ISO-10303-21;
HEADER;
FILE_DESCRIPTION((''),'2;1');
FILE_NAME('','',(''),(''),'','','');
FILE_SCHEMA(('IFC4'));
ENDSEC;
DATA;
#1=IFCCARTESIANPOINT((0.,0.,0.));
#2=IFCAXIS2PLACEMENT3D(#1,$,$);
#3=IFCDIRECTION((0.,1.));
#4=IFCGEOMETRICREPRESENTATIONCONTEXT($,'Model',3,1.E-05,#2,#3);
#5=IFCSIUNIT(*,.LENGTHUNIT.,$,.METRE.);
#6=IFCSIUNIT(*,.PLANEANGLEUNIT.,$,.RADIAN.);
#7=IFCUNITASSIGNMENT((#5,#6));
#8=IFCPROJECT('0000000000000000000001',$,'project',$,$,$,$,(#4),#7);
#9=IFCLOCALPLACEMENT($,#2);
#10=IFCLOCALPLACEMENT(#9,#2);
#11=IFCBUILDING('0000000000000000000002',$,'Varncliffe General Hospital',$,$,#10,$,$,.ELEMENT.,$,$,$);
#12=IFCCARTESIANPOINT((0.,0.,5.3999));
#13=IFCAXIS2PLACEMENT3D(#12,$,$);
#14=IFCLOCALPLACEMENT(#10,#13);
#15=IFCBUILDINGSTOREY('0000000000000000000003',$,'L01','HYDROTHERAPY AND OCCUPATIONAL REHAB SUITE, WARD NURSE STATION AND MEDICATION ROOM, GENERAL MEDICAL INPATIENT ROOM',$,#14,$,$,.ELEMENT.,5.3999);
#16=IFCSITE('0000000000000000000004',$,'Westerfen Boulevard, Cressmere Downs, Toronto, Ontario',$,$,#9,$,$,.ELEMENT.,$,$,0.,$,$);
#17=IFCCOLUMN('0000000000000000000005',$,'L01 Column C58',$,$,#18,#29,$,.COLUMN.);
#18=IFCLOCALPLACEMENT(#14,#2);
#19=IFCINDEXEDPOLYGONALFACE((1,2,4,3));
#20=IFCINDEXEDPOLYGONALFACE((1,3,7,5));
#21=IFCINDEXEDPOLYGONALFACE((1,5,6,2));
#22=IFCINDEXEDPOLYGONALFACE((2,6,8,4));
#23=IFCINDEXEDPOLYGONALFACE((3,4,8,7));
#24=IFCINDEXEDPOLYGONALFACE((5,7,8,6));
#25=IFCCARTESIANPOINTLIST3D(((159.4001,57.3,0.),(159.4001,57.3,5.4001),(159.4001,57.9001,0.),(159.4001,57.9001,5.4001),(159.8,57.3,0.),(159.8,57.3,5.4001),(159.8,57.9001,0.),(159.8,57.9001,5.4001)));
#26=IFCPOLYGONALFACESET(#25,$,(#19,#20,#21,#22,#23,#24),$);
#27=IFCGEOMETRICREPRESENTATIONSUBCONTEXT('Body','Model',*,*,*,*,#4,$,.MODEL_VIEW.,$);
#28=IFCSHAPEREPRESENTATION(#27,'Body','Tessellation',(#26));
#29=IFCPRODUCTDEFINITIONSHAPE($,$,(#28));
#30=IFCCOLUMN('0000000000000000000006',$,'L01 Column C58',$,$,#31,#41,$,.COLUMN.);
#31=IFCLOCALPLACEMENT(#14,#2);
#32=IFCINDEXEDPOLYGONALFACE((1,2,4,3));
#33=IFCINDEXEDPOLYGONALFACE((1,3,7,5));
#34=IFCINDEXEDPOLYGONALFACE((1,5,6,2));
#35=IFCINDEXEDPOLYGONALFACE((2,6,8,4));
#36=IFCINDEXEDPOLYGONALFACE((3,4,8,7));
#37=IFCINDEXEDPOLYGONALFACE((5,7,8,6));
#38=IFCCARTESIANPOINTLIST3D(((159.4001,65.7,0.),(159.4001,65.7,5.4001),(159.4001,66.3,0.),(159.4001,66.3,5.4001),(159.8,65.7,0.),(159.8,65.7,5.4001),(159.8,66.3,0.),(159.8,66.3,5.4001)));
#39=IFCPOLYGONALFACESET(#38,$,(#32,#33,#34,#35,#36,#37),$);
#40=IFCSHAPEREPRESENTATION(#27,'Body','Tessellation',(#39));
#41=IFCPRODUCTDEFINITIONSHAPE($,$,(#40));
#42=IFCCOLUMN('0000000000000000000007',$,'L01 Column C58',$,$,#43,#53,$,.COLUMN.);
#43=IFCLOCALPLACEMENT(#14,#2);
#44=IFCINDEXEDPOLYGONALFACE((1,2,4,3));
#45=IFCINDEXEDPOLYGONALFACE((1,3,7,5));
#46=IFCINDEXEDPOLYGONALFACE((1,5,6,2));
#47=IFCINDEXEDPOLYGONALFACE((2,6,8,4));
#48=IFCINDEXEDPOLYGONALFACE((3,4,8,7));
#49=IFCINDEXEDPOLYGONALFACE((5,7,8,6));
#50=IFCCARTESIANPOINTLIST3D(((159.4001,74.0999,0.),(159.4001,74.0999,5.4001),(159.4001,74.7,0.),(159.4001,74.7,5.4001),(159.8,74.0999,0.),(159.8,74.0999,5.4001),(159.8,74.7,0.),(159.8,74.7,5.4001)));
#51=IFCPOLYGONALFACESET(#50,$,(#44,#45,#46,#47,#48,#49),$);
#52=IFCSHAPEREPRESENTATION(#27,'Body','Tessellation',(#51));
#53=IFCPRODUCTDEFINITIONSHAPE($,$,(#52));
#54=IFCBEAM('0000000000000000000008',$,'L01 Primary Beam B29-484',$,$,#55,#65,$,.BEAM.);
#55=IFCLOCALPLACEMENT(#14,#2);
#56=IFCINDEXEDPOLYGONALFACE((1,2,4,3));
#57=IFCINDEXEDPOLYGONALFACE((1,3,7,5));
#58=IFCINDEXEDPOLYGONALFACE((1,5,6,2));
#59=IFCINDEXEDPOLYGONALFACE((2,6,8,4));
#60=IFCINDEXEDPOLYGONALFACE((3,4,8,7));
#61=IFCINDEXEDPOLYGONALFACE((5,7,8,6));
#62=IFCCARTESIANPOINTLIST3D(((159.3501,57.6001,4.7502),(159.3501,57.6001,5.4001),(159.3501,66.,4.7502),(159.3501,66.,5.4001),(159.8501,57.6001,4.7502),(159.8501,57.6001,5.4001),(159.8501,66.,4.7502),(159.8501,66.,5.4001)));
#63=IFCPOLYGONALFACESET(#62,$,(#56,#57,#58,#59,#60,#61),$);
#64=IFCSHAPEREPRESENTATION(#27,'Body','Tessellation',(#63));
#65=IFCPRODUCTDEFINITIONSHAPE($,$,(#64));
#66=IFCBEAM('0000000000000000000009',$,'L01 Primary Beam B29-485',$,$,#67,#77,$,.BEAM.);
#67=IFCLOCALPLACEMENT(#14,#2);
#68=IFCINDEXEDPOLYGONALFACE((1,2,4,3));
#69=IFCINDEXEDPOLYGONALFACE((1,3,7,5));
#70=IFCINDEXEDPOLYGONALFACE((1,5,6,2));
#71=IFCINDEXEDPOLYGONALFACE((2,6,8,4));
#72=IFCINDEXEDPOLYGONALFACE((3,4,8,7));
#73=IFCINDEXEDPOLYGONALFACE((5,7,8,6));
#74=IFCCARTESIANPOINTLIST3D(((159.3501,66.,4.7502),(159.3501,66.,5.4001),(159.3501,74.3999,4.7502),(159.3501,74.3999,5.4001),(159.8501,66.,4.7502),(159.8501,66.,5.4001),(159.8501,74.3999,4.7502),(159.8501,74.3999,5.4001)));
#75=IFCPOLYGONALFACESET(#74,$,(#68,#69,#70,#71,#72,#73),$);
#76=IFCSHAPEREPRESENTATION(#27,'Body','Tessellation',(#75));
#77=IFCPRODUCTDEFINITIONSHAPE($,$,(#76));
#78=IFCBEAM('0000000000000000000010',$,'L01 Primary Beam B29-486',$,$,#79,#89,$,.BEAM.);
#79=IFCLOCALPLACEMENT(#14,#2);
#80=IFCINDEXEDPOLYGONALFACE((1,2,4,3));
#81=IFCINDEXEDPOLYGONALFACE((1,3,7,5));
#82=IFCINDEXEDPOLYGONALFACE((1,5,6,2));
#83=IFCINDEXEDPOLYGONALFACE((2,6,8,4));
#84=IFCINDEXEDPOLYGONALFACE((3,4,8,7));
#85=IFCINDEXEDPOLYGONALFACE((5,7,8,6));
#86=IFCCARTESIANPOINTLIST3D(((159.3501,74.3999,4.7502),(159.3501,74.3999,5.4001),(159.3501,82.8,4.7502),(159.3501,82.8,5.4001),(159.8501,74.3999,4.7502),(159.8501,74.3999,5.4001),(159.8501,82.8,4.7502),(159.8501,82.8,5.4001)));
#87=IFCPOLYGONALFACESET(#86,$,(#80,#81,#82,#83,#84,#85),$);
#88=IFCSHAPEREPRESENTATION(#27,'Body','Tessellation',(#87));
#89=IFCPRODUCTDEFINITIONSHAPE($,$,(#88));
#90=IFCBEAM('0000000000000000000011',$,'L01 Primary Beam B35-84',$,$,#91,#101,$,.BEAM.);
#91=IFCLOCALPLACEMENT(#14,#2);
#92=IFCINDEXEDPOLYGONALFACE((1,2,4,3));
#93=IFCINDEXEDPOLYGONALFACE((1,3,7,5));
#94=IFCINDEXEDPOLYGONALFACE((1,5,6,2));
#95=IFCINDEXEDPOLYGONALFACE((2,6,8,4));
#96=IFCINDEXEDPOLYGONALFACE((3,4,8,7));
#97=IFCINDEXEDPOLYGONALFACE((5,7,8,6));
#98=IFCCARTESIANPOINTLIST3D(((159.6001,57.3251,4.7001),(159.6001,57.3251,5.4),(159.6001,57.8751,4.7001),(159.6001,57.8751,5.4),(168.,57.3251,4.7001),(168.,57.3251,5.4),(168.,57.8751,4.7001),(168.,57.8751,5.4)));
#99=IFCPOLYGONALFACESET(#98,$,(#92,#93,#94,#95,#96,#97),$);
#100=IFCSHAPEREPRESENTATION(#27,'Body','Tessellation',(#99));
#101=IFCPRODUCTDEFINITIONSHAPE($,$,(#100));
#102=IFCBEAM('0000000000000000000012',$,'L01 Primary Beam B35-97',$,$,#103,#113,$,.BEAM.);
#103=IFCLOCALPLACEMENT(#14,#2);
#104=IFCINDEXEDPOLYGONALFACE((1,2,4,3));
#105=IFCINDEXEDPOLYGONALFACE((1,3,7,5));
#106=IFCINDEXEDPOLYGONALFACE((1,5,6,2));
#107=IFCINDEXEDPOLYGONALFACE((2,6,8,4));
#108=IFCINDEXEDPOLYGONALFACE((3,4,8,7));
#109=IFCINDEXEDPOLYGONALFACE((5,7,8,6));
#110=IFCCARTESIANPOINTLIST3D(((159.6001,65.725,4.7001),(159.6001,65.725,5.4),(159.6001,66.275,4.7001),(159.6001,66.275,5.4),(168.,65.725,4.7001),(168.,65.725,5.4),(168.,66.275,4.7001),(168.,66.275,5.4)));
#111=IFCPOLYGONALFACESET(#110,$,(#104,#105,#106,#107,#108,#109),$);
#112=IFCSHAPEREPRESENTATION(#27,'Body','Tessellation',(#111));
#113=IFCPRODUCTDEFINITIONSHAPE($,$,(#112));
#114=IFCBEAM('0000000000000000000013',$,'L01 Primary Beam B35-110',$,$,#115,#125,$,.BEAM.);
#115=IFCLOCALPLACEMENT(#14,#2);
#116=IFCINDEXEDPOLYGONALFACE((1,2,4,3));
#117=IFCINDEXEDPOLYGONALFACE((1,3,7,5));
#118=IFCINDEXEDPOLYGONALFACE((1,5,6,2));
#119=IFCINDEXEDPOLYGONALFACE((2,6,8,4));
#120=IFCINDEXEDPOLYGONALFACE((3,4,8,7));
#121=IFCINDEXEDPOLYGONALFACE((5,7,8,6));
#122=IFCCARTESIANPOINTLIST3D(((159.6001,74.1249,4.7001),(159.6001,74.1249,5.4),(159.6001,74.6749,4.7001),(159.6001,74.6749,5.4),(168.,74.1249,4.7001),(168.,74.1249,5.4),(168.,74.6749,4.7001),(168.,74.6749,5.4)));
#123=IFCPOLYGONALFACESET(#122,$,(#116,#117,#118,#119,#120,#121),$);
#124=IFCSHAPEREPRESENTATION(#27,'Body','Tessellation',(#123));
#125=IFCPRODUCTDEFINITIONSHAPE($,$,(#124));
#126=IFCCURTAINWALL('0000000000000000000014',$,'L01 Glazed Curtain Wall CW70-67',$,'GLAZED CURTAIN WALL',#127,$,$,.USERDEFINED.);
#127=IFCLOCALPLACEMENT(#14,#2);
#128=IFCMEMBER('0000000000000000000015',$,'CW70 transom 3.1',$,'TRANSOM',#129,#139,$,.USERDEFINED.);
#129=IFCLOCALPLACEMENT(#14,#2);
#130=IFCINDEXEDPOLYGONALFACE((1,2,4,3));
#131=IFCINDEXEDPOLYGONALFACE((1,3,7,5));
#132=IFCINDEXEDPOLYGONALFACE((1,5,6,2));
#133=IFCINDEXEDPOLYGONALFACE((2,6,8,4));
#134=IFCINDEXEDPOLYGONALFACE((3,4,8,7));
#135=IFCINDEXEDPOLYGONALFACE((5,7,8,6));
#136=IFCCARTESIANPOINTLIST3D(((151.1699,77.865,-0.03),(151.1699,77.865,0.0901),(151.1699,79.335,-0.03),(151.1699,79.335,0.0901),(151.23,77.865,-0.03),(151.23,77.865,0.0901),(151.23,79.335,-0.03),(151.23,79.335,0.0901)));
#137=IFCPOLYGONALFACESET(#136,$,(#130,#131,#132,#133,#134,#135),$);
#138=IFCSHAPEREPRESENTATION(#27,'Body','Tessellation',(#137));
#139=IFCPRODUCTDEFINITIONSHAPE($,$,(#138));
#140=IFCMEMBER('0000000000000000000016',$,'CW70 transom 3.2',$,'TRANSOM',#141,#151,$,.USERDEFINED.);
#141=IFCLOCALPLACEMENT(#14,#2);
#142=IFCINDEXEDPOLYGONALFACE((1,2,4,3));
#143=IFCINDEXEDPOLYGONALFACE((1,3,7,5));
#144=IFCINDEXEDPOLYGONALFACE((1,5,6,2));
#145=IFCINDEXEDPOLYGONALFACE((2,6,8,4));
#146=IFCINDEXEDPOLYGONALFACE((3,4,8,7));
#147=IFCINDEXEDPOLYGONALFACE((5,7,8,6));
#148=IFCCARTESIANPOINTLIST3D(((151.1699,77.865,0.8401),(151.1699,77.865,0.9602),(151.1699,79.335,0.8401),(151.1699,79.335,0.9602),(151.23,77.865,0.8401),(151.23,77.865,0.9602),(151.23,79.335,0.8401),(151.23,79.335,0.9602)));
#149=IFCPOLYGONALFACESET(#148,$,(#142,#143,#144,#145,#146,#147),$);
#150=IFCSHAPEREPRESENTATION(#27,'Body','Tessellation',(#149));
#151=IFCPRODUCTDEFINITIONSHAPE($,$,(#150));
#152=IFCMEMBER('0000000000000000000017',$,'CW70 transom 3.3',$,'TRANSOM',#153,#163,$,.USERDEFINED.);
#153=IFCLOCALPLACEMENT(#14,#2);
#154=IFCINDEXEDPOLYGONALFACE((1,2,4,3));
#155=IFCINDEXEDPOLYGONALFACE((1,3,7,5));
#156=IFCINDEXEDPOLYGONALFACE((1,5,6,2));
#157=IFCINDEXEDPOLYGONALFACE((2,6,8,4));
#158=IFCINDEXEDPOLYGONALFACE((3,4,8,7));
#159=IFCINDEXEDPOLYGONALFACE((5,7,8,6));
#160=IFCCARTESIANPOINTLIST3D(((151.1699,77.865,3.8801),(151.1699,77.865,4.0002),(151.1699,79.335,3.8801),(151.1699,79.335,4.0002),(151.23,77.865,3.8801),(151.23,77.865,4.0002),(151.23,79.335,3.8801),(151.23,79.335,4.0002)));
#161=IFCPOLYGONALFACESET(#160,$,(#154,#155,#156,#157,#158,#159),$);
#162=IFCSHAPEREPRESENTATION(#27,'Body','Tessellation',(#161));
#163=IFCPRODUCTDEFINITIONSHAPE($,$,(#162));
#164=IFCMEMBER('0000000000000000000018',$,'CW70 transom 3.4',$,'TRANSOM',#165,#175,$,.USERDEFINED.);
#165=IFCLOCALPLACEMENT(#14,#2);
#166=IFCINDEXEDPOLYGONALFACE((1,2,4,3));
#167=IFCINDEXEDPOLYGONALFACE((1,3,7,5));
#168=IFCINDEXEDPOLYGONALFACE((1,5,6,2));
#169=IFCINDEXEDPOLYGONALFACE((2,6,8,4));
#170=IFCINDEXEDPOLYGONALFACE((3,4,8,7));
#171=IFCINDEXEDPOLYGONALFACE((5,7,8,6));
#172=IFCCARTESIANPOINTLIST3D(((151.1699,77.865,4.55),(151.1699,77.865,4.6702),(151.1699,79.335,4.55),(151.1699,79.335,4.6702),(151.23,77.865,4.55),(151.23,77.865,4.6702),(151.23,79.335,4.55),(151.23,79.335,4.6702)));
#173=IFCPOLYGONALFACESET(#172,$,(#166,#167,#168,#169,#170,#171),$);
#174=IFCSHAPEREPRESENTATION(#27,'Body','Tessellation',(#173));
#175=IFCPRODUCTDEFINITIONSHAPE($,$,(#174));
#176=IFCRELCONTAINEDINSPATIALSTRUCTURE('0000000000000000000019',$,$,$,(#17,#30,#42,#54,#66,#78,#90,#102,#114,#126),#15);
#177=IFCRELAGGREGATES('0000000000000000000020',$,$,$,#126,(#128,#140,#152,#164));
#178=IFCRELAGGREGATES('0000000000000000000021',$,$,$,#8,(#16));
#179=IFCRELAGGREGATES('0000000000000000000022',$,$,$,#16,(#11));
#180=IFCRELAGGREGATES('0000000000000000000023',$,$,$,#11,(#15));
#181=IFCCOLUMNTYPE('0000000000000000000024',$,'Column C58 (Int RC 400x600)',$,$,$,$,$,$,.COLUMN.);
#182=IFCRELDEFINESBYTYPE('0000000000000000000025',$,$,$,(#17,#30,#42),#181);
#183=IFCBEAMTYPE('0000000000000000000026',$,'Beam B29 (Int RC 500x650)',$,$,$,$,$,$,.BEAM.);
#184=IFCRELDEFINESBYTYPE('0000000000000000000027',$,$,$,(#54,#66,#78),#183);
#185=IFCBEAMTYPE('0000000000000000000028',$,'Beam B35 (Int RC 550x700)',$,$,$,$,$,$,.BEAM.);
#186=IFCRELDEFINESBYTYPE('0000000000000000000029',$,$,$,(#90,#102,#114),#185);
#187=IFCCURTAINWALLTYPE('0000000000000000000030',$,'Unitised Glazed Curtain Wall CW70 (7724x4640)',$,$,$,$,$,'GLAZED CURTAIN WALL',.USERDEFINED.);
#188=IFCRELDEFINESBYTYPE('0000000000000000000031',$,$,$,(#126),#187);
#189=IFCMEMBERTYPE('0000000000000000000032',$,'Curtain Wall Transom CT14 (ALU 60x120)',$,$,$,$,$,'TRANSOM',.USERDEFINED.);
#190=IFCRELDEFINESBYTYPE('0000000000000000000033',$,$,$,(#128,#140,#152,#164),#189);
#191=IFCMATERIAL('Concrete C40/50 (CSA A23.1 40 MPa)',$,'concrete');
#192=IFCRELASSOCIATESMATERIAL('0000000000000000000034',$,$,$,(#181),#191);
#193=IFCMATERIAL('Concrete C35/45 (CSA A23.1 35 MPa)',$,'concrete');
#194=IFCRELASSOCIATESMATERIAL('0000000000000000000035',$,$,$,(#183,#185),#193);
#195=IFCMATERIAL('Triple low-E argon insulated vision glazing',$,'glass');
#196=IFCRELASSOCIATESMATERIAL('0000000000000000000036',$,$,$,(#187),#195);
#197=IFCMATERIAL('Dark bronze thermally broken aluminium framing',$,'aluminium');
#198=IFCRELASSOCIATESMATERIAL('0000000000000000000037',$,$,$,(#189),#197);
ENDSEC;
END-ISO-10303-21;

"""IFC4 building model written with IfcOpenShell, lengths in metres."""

from ifc_helpers import new_model, si_unit, direction, frame, origin, origin_2d, place, context, subcontext, project, spatial, rectangle, extrude, material, material_profile, profile_set, type_object, element, aggregate, save


model = new_model("IFC4")

# Units and contexts
model_context = context("Model", 3, precision=1e-05, world=origin(), true_north=direction((0.0, 1.0)))
body_context = subcontext(model_context, "Body", "Model", "MODEL_VIEW")
ifc_project = project(units=[si_unit("LENGTHUNIT", "METRE"), si_unit("PLANEANGLEUNIT", "RADIAN")], contexts=[model_context])

# Site, building, storey
site_placement = place(None, origin())
site = spatial("IfcSite", under=ifc_project, at=site_placement, Name="Westerfen Boulevard, Cressmere Downs, Toronto, Ontario", CompositionType="ELEMENT", RefElevation=0.0)
building_placement = place(site_placement, origin())
building = spatial("IfcBuilding", under=site, at=building_placement, Name="Varncliffe General Hospital", CompositionType="ELEMENT")
storey_placement = place(building_placement, frame((0.0, 0.0, 5.3999)))
storey = spatial("IfcBuildingStorey", under=building, at=storey_placement, Name="L01", Description="HYDROTHERAPY AND OCCUPATIONAL REHAB SUITE, WARD NURSE STATION AND MEDICATION ROOM, GENERAL MEDICAL INPATIENT ROOM", CompositionType="ELEMENT", Elevation=5.3999)

# Columns
ifc_material_1 = material(Name="Concrete C40/50 (CSA A23.1 40 MPa)", Category="concrete")
ifc_material_profile_1 = material_profile(ifc_material_1, rectangle(XDim=0.3999, YDim=0.6001, at=origin_2d()), Name="RC 400x600")
ifc_profile_set_1 = profile_set([ifc_material_profile_1], Name="Concrete C40/50 (CSA A23.1 40 MPa)")
column_type = type_object("IfcColumnType", Name="Column C58 (Int RC 400x600)", PredefinedType="COLUMN", material=ifc_profile_set_1)
for number, where, z_axis, x_axis, name in (
    (1, (159.6001, 57.6001, 0.0), (0.0, 0.0, 1.0), (1.0, 0.0, 0.0), "L01 Column C58"),
    (2, (159.6001, 66.0, 0.0), (0.0, 0.0, 1.0), (1.0, 0.0, 0.0), "L01 Column C58"),
    (3, (159.6001, 74.3999, 0.0), (0.0, 0.0, 1.0), (1.0, 0.0, 0.0), "L01 Column C58"),
):
    element("IfcColumn", number, at=place(storey_placement, frame(where, z_axis=z_axis, x_axis=x_axis)), inside=storey, type_object=column_type, Name=name, PredefinedType="COLUMN", context=body_context, shape_type="SweptSolid", body=[
        extrude(rectangle(XDim=0.3999, YDim=0.6001, at=origin_2d()), origin(), (0.0, 0.0, 1.0), 5.4001),
    ])

# Beams
ifc_material_2 = material(Name="Concrete C35/45 (CSA A23.1 35 MPa)", Category="concrete")
ifc_material_profile_2 = material_profile(ifc_material_2, rectangle(XDim=0.5, YDim=0.6499, at=origin_2d()), Name="RC 500x650")
ifc_profile_set_2 = profile_set([ifc_material_profile_2], Name="Concrete C35/45 (CSA A23.1 35 MPa)")
beam_type_1 = type_object("IfcBeamType", Name="Beam B29 (Int RC 500x650)", PredefinedType="BEAM", material=ifc_profile_set_2)
for number, where, z_axis, x_axis, name in (
    (4, (159.6001, 57.6001, 5.0752), (0.0, 1.0, 0.0), (-1.0, 0.0, 0.0), "L01 Primary Beam B29-484"),
    (5, (159.6001, 66.0, 5.0752), (0.0, 1.0, 0.0), (-1.0, 0.0, 0.0), "L01 Primary Beam B29-485"),
):
    element("IfcBeam", number, at=place(storey_placement, frame(where, z_axis=z_axis, x_axis=x_axis)), inside=storey, type_object=beam_type_1, Name=name, PredefinedType="BEAM", context=body_context, shape_type="SweptSolid", body=[
        extrude(rectangle(XDim=0.5, YDim=0.6499, at=origin_2d()), origin(), (0.0, 0.0, 1.0), 8.3999),
    ])
beam_1_placement = place(storey_placement, frame((159.6001, 74.3999, 5.0752), z_axis=(0.0, 1.0, 0.0), x_axis=(-1.0, 0.0, 0.0)))
element("IfcBeam", 6, at=beam_1_placement, inside=storey, type_object=beam_type_1, Name="L01 Primary Beam B29-486", PredefinedType="BEAM", context=body_context, shape_type="SweptSolid", body=[
    extrude(rectangle(XDim=0.5, YDim=0.6499, at=origin_2d()), origin(), (0.0, 0.0, 1.0), 8.4001),
])
ifc_material_profile_3 = material_profile(ifc_material_2, rectangle(XDim=0.55, YDim=0.7, at=origin_2d()), Name="RC 550x700")
ifc_profile_set_3 = profile_set([ifc_material_profile_3], Name="Concrete C35/45 (CSA A23.1 35 MPa)")
beam_type_2 = type_object("IfcBeamType", Name="Beam B35 (Int RC 550x700)", PredefinedType="BEAM", material=ifc_profile_set_3)
for number, where, z_axis, x_axis, name in (
    (7, (159.6001, 57.6001, 5.05), (1.0, 0.0, 0.0), (0.0, 1.0, 0.0), "L01 Primary Beam B35-84"),
    (8, (159.6001, 66.0, 5.05), (1.0, 0.0, 0.0), (0.0, 1.0, 0.0), "L01 Primary Beam B35-97"),
    (9, (159.6001, 74.3999, 5.05), (1.0, 0.0, 0.0), (0.0, 1.0, 0.0), "L01 Primary Beam B35-110"),
):
    element("IfcBeam", number, at=place(storey_placement, frame(where, z_axis=z_axis, x_axis=x_axis)), inside=storey, type_object=beam_type_2, Name=name, PredefinedType="BEAM", context=body_context, shape_type="SweptSolid", body=[
        extrude(rectangle(XDim=0.55, YDim=0.7, at=origin_2d()), origin(), (0.0, 0.0, 1.0), 8.3999),
    ])

# Curtain wall, members
ifc_material_3 = material(Name="Triple low-E argon insulated vision glazing", Category="glass")
curtain_wall_type = type_object("IfcCurtainWallType", Name="Unitised Glazed Curtain Wall CW70 (7724x4640)", ElementType="GLAZED CURTAIN WALL", PredefinedType="USERDEFINED", material=ifc_material_3)
curtain_wall_placement = place(storey_placement, origin())
curtain_wall = element("IfcCurtainWall", 10, at=curtain_wall_placement, inside=storey, type_object=curtain_wall_type, Name="L01 Glazed Curtain Wall CW70-67", ObjectType="GLAZED CURTAIN WALL", PredefinedType="USERDEFINED")
ifc_material_4 = material(Name="Dark bronze thermally broken aluminium framing", Category="aluminium")
ifc_material_profile_4 = material_profile(ifc_material_4, rectangle(XDim=0.0601, YDim=0.1201, at=origin_2d()), Name="ALU 60x120")
ifc_profile_set_4 = profile_set([ifc_material_profile_4], Name="Dark bronze thermally broken aluminium framing")
member_type = type_object("IfcMemberType", Name="Curtain Wall Transom CT14 (ALU 60x120)", ElementType="TRANSOM", PredefinedType="USERDEFINED", material=ifc_profile_set_4)
member_1_placement = place(storey_placement, frame((151.2, 77.865, 0.03), z_axis=(0.0, 1.0, 0.0), x_axis=(-1.0, 0.0, 0.0)))
member_1 = element("IfcMember", 11, at=member_1_placement, type_object=member_type, Name="CW70 transom 3.1", ObjectType="TRANSOM", PredefinedType="USERDEFINED", context=body_context, shape_type="SweptSolid", body=[
    extrude(rectangle(XDim=0.0601, YDim=0.1201, at=origin_2d()), origin(), (0.0, 0.0, 1.0), 1.47),
])
member_2_placement = place(storey_placement, frame((151.2, 77.865, 0.9001), z_axis=(0.0, 1.0, 0.0), x_axis=(-1.0, 0.0, 0.0)))
member_2 = element("IfcMember", 12, at=member_2_placement, type_object=member_type, Name="CW70 transom 3.2", ObjectType="TRANSOM", PredefinedType="USERDEFINED", context=body_context, shape_type="SweptSolid", body=[
    extrude(rectangle(XDim=0.0601, YDim=0.1201, at=origin_2d()), origin(), (0.0, 0.0, 1.0), 1.47),
])
member_3_placement = place(storey_placement, frame((151.2, 77.865, 3.9402), z_axis=(0.0, 1.0, 0.0), x_axis=(-1.0, 0.0, 0.0)))
member_3 = element("IfcMember", 13, at=member_3_placement, type_object=member_type, Name="CW70 transom 3.3", ObjectType="TRANSOM", PredefinedType="USERDEFINED", context=body_context, shape_type="SweptSolid", body=[
    extrude(rectangle(XDim=0.0601, YDim=0.1201, at=origin_2d()), origin(), (0.0, 0.0, 1.0), 1.47),
])
member_4_placement = place(storey_placement, frame((151.2, 77.865, 4.6101), z_axis=(0.0, 1.0, 0.0), x_axis=(-1.0, 0.0, 0.0)))
member_4 = element("IfcMember", 14, at=member_4_placement, type_object=member_type, Name="CW70 transom 3.4", ObjectType="TRANSOM", PredefinedType="USERDEFINED", context=body_context, shape_type="SweptSolid", body=[
    extrude(rectangle(XDim=0.0601, YDim=0.1201, at=origin_2d()), origin(), (0.0, 0.0, 1.0), 1.47),
])

aggregate(curtain_wall, [member_1, member_2, member_3, member_4])

save(model, "model.ifc")
